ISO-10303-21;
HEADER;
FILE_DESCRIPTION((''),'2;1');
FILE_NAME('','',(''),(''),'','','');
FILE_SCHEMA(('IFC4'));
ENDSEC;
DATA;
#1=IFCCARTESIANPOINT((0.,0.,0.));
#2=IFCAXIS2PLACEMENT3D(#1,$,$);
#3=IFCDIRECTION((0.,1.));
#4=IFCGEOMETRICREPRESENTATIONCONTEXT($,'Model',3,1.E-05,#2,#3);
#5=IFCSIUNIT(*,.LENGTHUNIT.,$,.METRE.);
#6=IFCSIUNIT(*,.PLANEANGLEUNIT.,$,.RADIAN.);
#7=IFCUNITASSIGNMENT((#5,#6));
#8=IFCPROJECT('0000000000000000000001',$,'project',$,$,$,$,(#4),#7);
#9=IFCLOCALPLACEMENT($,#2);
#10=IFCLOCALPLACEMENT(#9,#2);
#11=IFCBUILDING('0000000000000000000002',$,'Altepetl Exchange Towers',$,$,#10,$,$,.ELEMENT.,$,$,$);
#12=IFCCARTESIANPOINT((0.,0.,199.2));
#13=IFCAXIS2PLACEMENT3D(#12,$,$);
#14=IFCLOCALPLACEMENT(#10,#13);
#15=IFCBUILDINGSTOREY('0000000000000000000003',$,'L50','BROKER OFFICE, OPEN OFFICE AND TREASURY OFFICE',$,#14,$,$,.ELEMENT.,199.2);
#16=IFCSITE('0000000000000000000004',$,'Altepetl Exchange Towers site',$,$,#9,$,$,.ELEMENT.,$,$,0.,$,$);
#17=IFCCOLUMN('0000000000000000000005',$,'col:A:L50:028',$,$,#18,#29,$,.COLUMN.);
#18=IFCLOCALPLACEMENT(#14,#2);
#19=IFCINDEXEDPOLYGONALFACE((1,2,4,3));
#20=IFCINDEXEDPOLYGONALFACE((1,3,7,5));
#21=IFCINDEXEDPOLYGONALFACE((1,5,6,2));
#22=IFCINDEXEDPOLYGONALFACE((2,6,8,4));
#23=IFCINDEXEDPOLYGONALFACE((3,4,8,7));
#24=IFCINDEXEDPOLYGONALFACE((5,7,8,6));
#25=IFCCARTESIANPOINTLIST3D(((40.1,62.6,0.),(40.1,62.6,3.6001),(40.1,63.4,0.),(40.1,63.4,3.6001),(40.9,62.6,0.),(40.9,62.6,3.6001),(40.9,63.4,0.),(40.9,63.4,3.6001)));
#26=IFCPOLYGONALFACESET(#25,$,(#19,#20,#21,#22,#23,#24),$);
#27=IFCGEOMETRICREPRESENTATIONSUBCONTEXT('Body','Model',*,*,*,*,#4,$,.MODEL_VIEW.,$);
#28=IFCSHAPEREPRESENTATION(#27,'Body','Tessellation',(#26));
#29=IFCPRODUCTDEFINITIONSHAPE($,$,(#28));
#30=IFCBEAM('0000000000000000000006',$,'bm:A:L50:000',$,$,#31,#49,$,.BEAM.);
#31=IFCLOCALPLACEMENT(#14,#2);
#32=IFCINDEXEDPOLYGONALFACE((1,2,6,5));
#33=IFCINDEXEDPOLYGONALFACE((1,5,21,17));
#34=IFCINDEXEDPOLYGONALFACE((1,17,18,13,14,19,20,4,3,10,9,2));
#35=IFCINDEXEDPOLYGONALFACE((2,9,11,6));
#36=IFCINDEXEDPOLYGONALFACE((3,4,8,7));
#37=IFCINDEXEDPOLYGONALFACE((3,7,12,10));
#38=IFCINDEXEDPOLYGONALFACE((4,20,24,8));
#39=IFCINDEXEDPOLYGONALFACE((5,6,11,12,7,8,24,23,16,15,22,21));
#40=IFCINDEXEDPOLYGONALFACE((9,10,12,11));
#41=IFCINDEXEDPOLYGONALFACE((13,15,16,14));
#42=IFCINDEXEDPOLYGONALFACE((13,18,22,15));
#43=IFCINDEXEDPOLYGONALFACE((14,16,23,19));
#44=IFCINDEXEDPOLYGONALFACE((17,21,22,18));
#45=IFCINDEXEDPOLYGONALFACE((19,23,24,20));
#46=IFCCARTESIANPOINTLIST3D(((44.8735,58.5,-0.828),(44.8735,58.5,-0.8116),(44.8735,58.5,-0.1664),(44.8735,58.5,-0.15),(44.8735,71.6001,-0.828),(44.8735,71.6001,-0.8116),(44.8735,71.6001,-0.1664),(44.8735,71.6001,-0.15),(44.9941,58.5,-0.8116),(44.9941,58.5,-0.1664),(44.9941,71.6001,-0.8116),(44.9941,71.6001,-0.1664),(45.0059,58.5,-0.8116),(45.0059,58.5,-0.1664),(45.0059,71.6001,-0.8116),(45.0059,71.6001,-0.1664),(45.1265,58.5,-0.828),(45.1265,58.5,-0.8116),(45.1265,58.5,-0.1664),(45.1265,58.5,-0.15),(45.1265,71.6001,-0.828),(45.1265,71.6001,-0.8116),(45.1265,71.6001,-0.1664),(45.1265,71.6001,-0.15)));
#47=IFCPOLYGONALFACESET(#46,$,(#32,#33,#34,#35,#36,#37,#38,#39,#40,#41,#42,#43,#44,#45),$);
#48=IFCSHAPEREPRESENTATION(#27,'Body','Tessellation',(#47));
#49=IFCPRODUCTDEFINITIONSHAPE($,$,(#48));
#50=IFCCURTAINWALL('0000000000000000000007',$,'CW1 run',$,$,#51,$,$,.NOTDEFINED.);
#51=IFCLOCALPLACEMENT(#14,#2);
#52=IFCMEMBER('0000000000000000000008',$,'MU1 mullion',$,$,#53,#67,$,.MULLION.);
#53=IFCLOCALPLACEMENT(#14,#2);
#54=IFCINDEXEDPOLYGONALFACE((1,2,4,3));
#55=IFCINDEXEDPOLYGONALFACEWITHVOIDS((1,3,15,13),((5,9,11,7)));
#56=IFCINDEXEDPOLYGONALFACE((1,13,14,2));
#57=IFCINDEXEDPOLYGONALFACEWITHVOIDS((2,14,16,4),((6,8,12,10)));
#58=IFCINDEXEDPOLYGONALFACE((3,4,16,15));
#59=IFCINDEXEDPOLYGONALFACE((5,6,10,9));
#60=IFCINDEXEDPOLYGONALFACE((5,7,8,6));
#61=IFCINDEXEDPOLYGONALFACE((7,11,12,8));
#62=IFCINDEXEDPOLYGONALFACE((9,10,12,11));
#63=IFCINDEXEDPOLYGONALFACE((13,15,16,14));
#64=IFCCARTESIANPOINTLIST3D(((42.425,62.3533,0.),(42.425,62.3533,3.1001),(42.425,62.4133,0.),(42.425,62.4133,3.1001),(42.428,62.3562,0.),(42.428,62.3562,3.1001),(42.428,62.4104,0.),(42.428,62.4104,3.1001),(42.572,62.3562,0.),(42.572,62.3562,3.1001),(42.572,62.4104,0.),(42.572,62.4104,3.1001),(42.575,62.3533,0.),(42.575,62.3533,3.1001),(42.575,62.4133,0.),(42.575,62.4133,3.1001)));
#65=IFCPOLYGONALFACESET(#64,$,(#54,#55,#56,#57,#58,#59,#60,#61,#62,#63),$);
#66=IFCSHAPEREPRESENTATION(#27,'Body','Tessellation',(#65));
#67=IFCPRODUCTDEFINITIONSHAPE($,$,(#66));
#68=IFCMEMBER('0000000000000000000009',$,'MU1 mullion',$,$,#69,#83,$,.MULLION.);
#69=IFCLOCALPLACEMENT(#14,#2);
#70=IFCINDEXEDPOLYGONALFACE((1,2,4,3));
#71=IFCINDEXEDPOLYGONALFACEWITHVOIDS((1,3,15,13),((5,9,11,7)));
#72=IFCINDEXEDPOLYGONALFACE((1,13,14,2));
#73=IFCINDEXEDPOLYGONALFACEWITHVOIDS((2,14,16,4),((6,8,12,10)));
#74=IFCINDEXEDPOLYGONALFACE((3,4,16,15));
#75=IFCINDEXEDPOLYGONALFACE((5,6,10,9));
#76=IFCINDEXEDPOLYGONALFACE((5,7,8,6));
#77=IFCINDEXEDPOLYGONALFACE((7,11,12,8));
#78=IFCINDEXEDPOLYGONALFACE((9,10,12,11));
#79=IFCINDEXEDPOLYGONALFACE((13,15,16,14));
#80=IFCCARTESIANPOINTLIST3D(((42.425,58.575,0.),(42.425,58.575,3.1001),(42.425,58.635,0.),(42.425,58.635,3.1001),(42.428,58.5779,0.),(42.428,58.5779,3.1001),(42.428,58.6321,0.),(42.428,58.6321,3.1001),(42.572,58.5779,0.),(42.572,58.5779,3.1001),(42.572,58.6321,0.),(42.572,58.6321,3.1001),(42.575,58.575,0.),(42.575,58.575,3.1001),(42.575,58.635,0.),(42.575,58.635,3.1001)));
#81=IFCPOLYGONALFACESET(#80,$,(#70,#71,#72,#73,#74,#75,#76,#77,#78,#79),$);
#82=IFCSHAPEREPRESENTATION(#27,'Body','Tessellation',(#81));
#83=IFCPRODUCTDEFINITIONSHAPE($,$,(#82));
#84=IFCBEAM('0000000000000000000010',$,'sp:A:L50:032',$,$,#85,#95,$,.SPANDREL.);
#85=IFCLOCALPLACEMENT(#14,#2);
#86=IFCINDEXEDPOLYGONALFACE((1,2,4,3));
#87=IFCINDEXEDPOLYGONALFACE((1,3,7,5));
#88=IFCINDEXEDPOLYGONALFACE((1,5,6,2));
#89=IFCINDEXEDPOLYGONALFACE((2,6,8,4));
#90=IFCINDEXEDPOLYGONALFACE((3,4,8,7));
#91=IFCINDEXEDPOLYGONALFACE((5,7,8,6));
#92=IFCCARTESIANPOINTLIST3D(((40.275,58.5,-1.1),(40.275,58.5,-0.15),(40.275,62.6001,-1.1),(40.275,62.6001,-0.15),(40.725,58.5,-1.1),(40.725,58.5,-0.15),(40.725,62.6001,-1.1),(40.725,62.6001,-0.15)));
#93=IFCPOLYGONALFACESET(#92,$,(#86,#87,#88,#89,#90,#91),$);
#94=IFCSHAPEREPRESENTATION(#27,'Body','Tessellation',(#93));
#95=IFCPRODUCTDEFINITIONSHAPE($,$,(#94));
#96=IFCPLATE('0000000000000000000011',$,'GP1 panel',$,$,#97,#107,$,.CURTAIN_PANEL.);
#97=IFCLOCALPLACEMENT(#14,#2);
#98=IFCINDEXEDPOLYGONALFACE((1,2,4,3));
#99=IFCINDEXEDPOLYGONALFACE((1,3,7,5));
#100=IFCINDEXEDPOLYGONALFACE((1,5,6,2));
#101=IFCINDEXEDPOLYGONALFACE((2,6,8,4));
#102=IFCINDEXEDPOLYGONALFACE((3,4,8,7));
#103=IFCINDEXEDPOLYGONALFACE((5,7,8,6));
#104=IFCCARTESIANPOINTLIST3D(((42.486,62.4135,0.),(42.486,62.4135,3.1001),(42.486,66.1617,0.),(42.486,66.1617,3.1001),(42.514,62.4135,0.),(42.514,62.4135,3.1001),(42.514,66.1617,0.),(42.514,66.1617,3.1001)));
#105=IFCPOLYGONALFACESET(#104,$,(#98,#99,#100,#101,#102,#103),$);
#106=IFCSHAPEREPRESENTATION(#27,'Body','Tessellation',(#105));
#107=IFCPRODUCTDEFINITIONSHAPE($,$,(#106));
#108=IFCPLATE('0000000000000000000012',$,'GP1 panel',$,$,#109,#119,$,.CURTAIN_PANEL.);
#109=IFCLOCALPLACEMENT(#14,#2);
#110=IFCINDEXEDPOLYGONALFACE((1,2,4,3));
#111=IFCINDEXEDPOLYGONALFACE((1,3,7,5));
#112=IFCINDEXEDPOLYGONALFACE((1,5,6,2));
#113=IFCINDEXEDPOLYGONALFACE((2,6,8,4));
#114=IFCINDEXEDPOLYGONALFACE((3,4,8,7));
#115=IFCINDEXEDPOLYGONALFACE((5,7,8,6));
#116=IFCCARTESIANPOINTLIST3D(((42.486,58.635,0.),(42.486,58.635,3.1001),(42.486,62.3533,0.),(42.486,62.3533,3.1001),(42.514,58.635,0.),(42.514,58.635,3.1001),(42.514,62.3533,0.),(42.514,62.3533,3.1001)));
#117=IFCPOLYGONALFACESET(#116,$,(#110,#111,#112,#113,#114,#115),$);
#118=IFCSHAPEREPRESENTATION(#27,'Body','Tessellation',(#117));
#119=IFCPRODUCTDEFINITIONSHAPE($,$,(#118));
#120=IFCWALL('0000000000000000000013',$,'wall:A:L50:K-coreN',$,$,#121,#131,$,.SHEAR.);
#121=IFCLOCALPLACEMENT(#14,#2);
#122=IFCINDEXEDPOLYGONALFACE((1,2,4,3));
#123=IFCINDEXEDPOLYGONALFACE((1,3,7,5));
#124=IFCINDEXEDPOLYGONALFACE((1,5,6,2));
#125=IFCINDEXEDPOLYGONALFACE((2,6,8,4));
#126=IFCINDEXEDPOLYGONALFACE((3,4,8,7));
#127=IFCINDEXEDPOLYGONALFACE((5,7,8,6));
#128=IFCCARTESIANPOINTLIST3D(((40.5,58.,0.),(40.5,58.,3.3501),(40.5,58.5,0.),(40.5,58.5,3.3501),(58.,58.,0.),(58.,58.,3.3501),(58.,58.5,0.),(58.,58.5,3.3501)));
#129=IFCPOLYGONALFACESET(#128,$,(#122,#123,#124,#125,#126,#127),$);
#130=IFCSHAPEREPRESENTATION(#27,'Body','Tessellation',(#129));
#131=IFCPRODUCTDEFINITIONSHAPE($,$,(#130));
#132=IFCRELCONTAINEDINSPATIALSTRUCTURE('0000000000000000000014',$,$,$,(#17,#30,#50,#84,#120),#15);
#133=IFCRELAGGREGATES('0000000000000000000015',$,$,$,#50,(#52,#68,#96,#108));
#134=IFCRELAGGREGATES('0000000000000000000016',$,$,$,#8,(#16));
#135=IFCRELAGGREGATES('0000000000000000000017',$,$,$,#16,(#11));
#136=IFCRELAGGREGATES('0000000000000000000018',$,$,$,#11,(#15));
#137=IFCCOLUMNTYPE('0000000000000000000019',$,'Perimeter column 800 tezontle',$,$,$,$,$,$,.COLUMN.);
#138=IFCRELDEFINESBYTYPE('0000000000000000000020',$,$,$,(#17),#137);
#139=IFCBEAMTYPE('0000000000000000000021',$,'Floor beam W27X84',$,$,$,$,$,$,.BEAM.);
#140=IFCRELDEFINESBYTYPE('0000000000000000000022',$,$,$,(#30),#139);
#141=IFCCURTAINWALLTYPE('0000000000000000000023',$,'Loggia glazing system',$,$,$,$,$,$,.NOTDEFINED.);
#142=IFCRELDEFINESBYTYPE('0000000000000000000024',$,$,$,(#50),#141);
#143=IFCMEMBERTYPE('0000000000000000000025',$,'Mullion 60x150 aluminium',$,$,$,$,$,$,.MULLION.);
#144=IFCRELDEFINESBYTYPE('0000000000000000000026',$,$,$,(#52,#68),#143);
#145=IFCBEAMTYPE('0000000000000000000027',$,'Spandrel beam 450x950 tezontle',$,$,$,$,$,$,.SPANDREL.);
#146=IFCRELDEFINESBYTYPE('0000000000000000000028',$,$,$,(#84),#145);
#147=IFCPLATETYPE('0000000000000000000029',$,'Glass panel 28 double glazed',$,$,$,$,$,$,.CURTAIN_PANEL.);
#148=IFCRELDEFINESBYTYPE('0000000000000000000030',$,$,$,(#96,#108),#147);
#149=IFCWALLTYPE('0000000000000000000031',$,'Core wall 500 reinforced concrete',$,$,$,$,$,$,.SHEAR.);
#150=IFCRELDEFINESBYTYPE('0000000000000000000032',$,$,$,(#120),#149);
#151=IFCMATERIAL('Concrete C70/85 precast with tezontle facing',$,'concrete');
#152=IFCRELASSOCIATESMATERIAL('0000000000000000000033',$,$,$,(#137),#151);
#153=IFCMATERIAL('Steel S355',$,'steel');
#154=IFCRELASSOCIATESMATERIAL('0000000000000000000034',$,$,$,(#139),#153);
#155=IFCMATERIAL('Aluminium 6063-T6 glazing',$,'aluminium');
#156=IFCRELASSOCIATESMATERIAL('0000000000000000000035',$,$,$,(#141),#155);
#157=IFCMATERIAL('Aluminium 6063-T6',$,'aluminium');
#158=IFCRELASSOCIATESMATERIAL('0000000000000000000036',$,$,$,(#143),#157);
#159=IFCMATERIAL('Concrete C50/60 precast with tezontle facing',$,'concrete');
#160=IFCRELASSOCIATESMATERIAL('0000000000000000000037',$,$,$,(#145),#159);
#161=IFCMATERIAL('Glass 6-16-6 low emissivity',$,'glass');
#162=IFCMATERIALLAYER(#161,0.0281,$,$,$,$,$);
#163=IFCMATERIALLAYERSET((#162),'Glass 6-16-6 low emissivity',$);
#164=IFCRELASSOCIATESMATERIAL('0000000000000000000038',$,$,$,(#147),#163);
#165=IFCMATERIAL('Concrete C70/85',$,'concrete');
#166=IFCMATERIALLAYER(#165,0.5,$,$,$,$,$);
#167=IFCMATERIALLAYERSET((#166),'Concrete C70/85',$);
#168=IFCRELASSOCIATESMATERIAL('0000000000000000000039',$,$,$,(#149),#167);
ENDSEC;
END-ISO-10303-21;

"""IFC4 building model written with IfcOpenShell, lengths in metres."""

from ifc_helpers import new_model, si_unit, direction, frame, frame_2d, origin, origin_2d, place, context, subcontext, project, spatial, rectangle, hollow_rectangle, i_section, extrude, material, layer, layer_set, material_profile, profile_set, type_object, element, aggregate, save


model = new_model("IFC4")

# Units and contexts
model_context = context("Model", 3, precision=1e-05, world=origin(), true_north=direction((0.0, 1.0)))
body_context = subcontext(model_context, "Body", "Model", "MODEL_VIEW")
ifc_project = project(units=[si_unit("LENGTHUNIT", "METRE"), si_unit("PLANEANGLEUNIT", "RADIAN")], contexts=[model_context])

# Site, building, storey
site_placement = place(None, origin())
site = spatial("IfcSite", under=ifc_project, at=site_placement, Name="Altepetl Exchange Towers site", CompositionType="ELEMENT", RefElevation=0.0)
building_placement = place(site_placement, origin())
building = spatial("IfcBuilding", under=site, at=building_placement, Name="Altepetl Exchange Towers", CompositionType="ELEMENT")
storey_placement = place(building_placement, frame((0.0, 0.0, 199.2)))
storey = spatial("IfcBuildingStorey", under=building, at=storey_placement, Name="L50", Description="BROKER OFFICE, OPEN OFFICE AND TREASURY OFFICE", CompositionType="ELEMENT", Elevation=199.2)

# Column
ifc_material_1 = material(Name="Concrete C70/85 precast with tezontle facing", Category="concrete")
ifc_material_profile_1 = material_profile(ifc_material_1, rectangle(XDim=0.8, YDim=0.8, at=origin_2d()), Name="800 x 800")
ifc_profile_set_1 = profile_set([ifc_material_profile_1], Name="Concrete C70/85 precast with tezontle facing")
column_type = type_object("IfcColumnType", Name="Perimeter column 800 tezontle", PredefinedType="COLUMN", material=ifc_profile_set_1)
column_placement = place(storey_placement, frame((40.5, 63.0, 0.0)))
element("IfcColumn", 1, at=column_placement, inside=storey, type_object=column_type, Name="col:A:L50:028", PredefinedType="COLUMN", context=body_context, shape_type="SweptSolid", body=[
    extrude(rectangle(XDim=0.8, YDim=0.8, at=origin_2d()), origin(), (0.0, 0.0, 1.0), 3.6001),
])

# Beam
ifc_material_2 = material(Name="Steel S355", Category="steel")
ifc_material_profile_2 = material_profile(ifc_material_2, i_section(OverallWidth=0.2529, OverallDepth=0.678, WebThickness=0.0117, FlangeThickness=0.0164, at=origin_2d()), Name="W27X84")
ifc_profile_set_2 = profile_set([ifc_material_profile_2], Name="Steel S355")
beam_type_1 = type_object("IfcBeamType", Name="Floor beam W27X84", PredefinedType="BEAM", material=ifc_profile_set_2)
beam_1_placement = place(storey_placement, frame((45.0, 58.5, -0.489), z_axis=(0.0, 1.0, 0.0), x_axis=(-1.0, 0.0, 0.0)))
element("IfcBeam", 2, at=beam_1_placement, inside=storey, type_object=beam_type_1, Name="bm:A:L50:000", PredefinedType="BEAM", context=body_context, shape_type="SweptSolid", body=[
    extrude(i_section(OverallWidth=0.2529, OverallDepth=0.678, WebThickness=0.0117, FlangeThickness=0.0164, at=origin_2d()), origin(), (0.0, 0.0, 1.0), 13.1001),
])

# Curtain wall, members
ifc_material_3 = material(Name="Aluminium 6063-T6 glazing", Category="aluminium")
curtain_wall_type = type_object("IfcCurtainWallType", Name="Loggia glazing system", PredefinedType="NOTDEFINED", material=ifc_material_3)
curtain_wall_placement = place(storey_placement, origin())
curtain_wall = element("IfcCurtainWall", 3, at=curtain_wall_placement, inside=storey, type_object=curtain_wall_type, Name="CW1 run", PredefinedType="NOTDEFINED")
ifc_material_4 = material(Name="Aluminium 6063-T6", Category="aluminium")
ifc_material_profile_3 = material_profile(ifc_material_4, hollow_rectangle(XDim=0.0601, YDim=0.1499, WallThickness=0.0029, at=origin_2d()), Name="Mullion 60x150 aluminium")
ifc_profile_set_3 = profile_set([ifc_material_profile_3], Name="Aluminium 6063-T6")
member_type = type_object("IfcMemberType", Name="Mullion 60x150 aluminium", PredefinedType="MULLION", material=ifc_profile_set_3)
member_1_placement = place(storey_placement, frame((42.5, 62.3833, 0.0), z_axis=(0.0, 0.0, 1.0), x_axis=(0.0, -1.0, 0.0)))
member_1 = element("IfcMember", 4, at=member_1_placement, type_object=member_type, Name="MU1 mullion", PredefinedType="MULLION", context=body_context, shape_type="SweptSolid", body=[
    extrude(hollow_rectangle(XDim=0.0601, YDim=0.1499, WallThickness=0.0029, at=origin_2d()), origin(), (0.0, 0.0, 1.0), 3.1001),
])
member_2_placement = place(storey_placement, frame((42.5, 58.605, 0.0), z_axis=(0.0, 0.0, 1.0), x_axis=(0.0, -1.0, 0.0)))
member_2 = element("IfcMember", 5, at=member_2_placement, type_object=member_type, Name="MU1 mullion", PredefinedType="MULLION", context=body_context, shape_type="SweptSolid", body=[
    extrude(hollow_rectangle(XDim=0.0601, YDim=0.1499, WallThickness=0.0029, at=origin_2d()), origin(), (0.0, 0.0, 1.0), 3.1001),
])

# Beam
ifc_material_5 = material(Name="Concrete C50/60 precast with tezontle facing", Category="concrete")
ifc_material_profile_4 = material_profile(ifc_material_5, rectangle(XDim=0.45, YDim=0.95, at=origin_2d()), Name="450 x 950")
ifc_profile_set_4 = profile_set([ifc_material_profile_4], Name="Concrete C50/60 precast with tezontle facing")
beam_type_2 = type_object("IfcBeamType", Name="Spandrel beam 450x950 tezontle", PredefinedType="SPANDREL", material=ifc_profile_set_4)
beam_2_placement = place(storey_placement, frame((40.5, 62.6001, -0.625), z_axis=(0.0, -1.0, 0.0), x_axis=(1.0, 0.0, 0.0)))
element("IfcBeam", 6, at=beam_2_placement, inside=storey, type_object=beam_type_2, Name="sp:A:L50:032", PredefinedType="SPANDREL", context=body_context, shape_type="SweptSolid", body=[
    extrude(rectangle(XDim=0.45, YDim=0.95, at=origin_2d()), origin(), (0.0, 0.0, 1.0), 4.1001),
])

# Plates
ifc_material_6 = material(Name="Glass 6-16-6 low emissivity", Category="glass")
ifc_layer_1 = layer(ifc_material_6, 0.0281)
ifc_layer_set_1 = layer_set([ifc_layer_1], Name="Glass 6-16-6 low emissivity")
plate_type = type_object("IfcPlateType", Name="Glass panel 28 double glazed", PredefinedType="CURTAIN_PANEL", material=ifc_layer_set_1)
plate_1_placement = place(storey_placement, frame((42.5, 64.2876, 0.0), z_axis=(0.0, 0.0, 1.0), x_axis=(0.0, -1.0, 0.0)))
plate_1 = element("IfcPlate", 7, at=plate_1_placement, type_object=plate_type, Name="GP1 panel", PredefinedType="CURTAIN_PANEL", context=body_context, shape_type="SweptSolid", body=[
    extrude(rectangle(XDim=3.7483, YDim=0.0281, at=origin_2d()), origin(), (0.0, 0.0, 1.0), 3.1001),
])
plate_2_placement = place(storey_placement, frame((42.5, 60.4941, 0.0), z_axis=(0.0, 0.0, 1.0), x_axis=(0.0, -1.0, 0.0)))
plate_2 = element("IfcPlate", 8, at=plate_2_placement, type_object=plate_type, Name="GP1 panel", PredefinedType="CURTAIN_PANEL", context=body_context, shape_type="SweptSolid", body=[
    extrude(rectangle(XDim=3.7183, YDim=0.0281, at=origin_2d()), origin(), (0.0, 0.0, 1.0), 3.1001),
])
aggregate(curtain_wall, [member_1, member_2, plate_1, plate_2])

# Wall
ifc_material_7 = material(Name="Concrete C70/85", Category="concrete")
ifc_layer_2 = layer(ifc_material_7, 0.5)
ifc_layer_set_2 = layer_set([ifc_layer_2], Name="Concrete C70/85")
wall_type_1 = type_object("IfcWallType", Name="Core wall 500 reinforced concrete", PredefinedType="SHEAR", material=ifc_layer_set_2)
wall_1_placement = place(storey_placement, frame((40.5, 58.25, 0.0)))
element("IfcWall", 9, at=wall_1_placement, inside=storey, type_object=wall_type_1, Name="wall:A:L50:K-coreN", PredefinedType="SHEAR", context=body_context, shape_type="SweptSolid", body=[
    extrude(rectangle(XDim=17.5, YDim=0.5, at=frame_2d((8.75, 0.0))), origin(), (0.0, 0.0, 1.0), 3.3501),
])

save(model, "model.ifc")
